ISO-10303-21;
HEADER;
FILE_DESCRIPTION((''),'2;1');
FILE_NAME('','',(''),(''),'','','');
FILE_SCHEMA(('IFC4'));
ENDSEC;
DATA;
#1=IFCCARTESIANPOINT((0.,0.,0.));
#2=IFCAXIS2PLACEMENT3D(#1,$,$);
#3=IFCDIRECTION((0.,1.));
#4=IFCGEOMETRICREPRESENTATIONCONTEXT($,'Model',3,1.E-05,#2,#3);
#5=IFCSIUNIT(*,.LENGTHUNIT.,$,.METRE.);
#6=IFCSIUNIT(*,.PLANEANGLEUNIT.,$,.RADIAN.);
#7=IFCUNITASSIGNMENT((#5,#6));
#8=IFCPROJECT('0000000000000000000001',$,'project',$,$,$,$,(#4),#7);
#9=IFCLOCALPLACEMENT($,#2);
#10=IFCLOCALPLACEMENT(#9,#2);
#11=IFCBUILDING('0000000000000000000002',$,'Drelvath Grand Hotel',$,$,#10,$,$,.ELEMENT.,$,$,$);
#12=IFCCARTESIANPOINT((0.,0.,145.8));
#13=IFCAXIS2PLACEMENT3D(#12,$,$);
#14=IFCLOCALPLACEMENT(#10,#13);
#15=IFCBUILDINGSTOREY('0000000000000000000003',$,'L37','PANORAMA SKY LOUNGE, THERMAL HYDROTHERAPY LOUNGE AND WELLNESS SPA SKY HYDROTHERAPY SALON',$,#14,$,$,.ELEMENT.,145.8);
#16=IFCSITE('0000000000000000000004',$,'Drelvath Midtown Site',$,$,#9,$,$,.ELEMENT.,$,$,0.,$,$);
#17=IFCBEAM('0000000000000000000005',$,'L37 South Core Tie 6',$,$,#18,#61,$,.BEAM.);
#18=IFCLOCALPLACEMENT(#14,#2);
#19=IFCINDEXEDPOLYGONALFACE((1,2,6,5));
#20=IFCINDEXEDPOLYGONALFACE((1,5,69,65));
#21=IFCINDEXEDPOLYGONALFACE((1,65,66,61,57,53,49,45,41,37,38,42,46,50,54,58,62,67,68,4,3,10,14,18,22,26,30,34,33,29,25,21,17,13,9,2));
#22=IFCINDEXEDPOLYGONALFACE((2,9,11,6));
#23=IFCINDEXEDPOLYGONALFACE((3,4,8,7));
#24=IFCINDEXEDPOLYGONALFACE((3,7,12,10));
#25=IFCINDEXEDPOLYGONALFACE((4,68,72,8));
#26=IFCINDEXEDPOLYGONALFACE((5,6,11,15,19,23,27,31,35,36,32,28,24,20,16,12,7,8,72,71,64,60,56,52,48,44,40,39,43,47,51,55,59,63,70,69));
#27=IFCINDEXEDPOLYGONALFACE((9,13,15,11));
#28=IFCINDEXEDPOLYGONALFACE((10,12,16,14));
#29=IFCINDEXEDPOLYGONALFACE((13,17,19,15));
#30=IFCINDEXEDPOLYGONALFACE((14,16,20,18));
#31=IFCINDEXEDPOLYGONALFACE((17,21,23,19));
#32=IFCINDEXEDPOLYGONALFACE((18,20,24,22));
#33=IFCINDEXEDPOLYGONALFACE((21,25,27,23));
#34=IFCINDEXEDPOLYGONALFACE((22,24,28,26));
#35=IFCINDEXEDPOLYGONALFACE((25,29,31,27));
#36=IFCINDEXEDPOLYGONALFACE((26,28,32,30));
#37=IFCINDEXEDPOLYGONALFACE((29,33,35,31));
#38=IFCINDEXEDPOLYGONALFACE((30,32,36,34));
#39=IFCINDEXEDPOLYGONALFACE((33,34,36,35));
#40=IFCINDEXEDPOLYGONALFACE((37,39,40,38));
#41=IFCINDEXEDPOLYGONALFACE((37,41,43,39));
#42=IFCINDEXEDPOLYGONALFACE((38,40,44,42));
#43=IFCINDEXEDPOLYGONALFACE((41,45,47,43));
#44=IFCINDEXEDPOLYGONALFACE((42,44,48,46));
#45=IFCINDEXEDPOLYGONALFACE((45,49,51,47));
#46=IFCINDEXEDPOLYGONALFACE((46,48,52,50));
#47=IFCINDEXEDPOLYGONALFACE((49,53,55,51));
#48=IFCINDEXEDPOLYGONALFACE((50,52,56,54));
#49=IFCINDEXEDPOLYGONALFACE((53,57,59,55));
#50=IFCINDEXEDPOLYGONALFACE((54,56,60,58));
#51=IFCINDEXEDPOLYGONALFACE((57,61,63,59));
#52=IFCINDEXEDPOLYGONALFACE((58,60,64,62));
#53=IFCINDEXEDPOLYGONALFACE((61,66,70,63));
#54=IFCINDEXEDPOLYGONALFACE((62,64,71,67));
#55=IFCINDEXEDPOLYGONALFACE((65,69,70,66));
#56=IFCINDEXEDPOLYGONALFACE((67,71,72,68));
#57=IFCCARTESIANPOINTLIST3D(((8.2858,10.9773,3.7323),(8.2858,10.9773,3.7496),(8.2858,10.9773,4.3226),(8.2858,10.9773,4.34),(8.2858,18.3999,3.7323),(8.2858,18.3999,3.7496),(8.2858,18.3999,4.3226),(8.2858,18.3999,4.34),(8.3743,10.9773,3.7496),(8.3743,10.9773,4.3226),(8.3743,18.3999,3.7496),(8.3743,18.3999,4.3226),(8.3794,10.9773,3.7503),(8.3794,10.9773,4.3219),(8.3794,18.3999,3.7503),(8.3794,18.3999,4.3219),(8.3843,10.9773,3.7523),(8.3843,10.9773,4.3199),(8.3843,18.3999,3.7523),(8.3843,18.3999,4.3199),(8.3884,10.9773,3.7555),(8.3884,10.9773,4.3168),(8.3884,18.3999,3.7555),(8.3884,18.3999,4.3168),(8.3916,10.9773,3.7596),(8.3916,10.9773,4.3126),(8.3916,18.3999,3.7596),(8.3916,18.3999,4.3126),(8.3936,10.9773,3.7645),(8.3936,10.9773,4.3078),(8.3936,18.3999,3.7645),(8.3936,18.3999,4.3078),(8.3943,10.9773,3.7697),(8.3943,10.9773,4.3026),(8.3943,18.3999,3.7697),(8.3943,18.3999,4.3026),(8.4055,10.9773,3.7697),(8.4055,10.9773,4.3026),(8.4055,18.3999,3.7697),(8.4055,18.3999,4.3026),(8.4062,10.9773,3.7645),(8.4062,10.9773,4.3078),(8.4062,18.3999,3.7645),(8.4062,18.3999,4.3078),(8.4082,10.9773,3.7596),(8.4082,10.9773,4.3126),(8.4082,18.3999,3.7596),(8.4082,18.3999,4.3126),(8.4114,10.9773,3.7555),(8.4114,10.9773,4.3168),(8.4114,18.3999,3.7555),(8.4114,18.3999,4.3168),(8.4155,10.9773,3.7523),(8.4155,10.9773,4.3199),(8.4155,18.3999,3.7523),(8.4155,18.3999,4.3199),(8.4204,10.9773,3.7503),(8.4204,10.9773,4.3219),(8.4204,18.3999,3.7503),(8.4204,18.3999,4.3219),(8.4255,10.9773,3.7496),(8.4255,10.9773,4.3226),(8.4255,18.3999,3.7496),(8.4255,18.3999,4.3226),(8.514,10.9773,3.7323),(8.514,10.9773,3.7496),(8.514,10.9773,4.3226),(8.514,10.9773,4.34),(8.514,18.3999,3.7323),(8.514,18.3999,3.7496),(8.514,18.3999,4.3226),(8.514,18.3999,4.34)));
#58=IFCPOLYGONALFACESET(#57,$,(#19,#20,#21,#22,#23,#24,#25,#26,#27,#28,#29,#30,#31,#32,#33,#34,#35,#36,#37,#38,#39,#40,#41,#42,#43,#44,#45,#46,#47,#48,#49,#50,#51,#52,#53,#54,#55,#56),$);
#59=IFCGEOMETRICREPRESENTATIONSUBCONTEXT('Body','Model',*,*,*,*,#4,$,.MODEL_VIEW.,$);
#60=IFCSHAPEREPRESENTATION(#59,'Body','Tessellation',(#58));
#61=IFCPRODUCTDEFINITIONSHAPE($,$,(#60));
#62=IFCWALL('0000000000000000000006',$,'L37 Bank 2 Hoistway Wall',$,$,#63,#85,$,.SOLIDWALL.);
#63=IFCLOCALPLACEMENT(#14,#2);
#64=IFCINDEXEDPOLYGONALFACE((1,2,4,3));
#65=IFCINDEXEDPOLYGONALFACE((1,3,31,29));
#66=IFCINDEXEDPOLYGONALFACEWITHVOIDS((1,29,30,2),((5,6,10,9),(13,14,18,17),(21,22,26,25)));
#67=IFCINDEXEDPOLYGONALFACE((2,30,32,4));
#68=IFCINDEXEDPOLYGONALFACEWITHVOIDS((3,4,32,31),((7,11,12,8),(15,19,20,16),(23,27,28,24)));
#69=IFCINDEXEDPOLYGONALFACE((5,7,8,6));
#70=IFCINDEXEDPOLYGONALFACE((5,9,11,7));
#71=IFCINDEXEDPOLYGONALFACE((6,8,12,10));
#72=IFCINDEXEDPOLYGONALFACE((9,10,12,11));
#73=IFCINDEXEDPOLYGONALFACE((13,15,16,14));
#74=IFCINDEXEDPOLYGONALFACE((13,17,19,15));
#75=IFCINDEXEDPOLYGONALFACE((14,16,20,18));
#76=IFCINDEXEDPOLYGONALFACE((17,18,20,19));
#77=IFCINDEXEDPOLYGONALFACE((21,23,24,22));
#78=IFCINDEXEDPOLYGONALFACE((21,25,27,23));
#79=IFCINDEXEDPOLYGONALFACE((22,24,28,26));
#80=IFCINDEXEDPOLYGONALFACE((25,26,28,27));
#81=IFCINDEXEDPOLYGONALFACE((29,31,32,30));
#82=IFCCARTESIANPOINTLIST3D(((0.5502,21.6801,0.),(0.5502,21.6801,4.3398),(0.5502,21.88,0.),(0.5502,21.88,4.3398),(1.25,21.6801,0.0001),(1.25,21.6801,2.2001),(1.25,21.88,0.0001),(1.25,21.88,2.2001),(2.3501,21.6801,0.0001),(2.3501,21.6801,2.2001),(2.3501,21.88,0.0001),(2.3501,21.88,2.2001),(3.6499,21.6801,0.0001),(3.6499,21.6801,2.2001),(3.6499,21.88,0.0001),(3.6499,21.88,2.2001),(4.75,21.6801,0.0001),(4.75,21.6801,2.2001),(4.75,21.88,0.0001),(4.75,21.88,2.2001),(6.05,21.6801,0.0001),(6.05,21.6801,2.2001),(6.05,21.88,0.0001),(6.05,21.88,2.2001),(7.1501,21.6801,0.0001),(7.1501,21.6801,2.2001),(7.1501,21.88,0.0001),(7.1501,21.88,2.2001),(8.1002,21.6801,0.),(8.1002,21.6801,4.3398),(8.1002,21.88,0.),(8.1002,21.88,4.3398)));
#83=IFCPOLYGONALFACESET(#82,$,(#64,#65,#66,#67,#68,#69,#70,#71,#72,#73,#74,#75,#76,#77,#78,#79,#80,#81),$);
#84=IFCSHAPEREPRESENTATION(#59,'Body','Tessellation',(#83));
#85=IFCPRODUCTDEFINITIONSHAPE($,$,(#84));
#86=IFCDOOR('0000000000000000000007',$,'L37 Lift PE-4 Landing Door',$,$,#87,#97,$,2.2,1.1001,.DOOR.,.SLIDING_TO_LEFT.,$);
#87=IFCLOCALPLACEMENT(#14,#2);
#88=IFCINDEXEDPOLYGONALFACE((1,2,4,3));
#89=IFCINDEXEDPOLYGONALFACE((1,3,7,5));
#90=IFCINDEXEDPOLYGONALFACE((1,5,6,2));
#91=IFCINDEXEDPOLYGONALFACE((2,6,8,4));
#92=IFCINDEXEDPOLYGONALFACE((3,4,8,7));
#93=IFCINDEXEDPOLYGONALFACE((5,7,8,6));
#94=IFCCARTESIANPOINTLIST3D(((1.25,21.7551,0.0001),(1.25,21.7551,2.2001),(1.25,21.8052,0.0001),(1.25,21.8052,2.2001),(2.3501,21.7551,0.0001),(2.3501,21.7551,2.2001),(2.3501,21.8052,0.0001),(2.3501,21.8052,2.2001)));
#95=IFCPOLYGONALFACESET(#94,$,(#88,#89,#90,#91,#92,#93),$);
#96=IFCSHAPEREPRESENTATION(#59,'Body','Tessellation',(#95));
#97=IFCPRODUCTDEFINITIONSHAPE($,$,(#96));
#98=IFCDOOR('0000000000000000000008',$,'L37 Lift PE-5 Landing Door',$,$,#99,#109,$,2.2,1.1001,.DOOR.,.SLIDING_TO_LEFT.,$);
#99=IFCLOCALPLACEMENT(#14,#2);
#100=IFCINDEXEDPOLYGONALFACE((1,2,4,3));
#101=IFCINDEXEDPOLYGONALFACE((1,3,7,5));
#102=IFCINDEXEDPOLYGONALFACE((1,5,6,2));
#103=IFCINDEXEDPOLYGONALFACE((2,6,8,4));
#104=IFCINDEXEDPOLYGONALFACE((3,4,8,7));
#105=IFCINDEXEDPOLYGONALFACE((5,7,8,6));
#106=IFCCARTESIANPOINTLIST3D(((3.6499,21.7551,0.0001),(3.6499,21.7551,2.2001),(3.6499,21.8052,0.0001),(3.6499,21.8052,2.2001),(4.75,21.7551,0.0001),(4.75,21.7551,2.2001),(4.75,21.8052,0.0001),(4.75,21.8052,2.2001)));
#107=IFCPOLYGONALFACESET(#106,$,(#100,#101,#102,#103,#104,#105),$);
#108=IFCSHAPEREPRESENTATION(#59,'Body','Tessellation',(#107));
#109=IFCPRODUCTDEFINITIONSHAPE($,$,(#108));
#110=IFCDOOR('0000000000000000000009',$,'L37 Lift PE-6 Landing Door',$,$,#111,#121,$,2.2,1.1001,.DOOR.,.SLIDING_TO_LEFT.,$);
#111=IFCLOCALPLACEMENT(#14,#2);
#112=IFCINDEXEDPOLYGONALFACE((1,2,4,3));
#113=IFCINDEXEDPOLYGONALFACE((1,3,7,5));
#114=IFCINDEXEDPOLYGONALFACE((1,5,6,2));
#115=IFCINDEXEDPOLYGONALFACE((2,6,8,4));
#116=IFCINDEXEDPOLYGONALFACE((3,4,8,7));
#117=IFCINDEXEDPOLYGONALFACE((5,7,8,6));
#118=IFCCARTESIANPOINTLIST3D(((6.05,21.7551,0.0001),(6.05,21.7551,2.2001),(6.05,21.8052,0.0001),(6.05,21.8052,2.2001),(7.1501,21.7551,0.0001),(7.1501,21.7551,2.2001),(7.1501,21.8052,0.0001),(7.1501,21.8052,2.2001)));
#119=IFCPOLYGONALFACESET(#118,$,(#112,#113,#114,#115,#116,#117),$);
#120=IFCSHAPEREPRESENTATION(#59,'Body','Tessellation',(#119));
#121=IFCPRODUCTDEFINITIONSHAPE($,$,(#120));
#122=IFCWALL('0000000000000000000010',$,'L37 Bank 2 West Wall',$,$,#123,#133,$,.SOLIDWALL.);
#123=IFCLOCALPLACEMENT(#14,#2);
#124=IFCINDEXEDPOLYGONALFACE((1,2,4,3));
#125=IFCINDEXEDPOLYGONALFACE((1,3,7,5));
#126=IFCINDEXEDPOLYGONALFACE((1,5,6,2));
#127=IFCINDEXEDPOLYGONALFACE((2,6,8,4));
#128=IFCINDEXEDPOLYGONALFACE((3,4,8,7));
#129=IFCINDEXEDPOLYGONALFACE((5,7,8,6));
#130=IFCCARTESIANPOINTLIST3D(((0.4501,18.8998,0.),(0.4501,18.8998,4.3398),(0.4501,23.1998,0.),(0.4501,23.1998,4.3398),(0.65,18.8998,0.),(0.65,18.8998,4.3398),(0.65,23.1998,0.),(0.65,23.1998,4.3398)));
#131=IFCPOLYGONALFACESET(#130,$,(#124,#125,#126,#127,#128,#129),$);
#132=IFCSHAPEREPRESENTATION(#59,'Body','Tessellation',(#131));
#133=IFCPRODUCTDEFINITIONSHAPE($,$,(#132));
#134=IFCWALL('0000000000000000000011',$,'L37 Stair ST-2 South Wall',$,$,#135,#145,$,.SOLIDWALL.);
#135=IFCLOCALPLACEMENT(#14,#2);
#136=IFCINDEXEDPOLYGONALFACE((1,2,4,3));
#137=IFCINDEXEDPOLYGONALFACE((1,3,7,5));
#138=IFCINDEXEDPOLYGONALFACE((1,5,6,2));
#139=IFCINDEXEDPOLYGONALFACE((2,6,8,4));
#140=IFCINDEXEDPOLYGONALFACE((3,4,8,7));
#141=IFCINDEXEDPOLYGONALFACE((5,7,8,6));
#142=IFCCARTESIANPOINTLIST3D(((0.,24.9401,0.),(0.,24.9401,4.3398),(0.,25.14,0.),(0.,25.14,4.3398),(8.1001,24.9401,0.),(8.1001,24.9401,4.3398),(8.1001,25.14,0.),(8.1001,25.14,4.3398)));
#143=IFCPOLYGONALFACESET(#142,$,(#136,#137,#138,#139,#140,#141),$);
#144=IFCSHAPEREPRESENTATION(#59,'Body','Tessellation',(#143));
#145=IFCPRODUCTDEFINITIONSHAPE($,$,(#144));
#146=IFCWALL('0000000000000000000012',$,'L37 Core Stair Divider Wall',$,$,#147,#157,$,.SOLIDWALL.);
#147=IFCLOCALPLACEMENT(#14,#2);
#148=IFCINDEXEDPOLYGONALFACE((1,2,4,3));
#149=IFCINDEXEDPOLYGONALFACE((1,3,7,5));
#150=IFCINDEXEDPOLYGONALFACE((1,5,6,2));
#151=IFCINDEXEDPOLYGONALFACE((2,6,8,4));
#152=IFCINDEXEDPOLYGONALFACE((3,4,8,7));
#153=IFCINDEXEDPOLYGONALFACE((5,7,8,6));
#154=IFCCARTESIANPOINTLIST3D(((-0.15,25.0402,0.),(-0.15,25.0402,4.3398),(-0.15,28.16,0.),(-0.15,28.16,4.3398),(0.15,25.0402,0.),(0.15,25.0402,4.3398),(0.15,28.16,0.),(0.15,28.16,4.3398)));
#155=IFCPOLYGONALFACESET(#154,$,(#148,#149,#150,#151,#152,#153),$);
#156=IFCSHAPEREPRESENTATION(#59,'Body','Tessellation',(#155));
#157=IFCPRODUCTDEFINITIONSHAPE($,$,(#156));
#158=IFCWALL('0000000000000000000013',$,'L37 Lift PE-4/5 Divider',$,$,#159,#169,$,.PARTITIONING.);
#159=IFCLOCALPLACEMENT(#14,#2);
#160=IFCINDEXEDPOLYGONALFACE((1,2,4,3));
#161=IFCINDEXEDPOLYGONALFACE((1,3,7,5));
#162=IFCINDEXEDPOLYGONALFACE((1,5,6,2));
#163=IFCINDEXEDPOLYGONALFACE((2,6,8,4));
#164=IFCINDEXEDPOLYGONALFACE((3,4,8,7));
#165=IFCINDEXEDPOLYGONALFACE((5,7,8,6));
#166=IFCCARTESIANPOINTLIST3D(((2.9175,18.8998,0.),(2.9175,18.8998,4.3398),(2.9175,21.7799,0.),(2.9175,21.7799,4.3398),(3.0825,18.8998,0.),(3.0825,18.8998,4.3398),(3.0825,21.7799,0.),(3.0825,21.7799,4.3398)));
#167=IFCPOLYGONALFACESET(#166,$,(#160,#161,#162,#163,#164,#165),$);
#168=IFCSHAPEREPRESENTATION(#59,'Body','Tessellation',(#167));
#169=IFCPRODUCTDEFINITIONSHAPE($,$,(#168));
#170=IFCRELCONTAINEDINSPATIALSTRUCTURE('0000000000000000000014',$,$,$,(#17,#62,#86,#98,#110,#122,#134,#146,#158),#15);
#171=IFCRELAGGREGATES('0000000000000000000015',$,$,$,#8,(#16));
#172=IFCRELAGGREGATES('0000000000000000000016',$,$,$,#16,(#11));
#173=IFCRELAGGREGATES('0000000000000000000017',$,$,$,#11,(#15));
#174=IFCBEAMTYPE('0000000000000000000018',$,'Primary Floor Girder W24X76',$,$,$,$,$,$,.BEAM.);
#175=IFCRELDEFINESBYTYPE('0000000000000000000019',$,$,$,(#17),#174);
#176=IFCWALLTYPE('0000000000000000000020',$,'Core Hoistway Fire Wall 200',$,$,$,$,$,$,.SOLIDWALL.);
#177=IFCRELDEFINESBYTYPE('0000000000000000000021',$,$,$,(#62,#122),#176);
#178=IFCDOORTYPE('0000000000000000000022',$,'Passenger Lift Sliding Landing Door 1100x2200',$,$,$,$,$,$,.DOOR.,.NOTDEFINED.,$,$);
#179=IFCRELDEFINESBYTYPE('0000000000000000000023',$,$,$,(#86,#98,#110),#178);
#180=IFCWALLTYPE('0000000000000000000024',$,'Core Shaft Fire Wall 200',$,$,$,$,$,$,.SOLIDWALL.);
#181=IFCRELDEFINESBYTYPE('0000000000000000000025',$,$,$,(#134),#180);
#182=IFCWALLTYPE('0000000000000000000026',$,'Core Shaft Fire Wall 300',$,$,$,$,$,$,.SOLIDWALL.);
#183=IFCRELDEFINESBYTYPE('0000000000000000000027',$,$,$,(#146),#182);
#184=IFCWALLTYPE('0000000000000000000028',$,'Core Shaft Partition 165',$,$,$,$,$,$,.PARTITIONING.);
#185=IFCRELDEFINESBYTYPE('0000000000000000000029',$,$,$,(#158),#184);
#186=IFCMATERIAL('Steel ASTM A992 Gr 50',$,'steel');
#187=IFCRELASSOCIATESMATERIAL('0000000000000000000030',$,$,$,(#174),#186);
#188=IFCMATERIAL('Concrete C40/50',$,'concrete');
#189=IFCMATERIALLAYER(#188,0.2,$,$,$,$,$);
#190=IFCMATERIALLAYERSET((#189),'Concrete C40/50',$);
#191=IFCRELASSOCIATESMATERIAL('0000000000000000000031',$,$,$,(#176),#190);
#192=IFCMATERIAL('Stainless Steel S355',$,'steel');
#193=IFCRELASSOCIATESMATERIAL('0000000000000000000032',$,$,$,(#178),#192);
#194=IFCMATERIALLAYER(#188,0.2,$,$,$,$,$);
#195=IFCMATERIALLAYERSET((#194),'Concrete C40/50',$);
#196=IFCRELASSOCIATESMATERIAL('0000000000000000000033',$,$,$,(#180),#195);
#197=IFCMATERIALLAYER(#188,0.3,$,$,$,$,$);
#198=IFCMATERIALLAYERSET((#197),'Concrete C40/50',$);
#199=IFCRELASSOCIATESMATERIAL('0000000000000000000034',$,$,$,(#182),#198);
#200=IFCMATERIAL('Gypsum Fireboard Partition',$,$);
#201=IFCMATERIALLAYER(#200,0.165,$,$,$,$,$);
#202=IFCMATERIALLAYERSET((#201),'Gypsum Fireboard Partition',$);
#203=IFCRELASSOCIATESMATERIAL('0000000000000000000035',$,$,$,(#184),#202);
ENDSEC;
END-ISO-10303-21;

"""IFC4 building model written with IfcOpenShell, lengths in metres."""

from ifc_helpers import new_model, si_unit, direction, frame, frame_2d, origin, origin_2d, place, context, subcontext, project, spatial, rectangle, i_section, extrude, material, layer, layer_set, material_profile, profile_set, type_object, element, fill, save


model = new_model("IFC4")

# Units and contexts
model_context = context("Model", 3, precision=1e-05, world=origin(), true_north=direction((0.0, 1.0)))
body_context = subcontext(model_context, "Body", "Model", "MODEL_VIEW")
ifc_project = project(units=[si_unit("LENGTHUNIT", "METRE"), si_unit("PLANEANGLEUNIT", "RADIAN")], contexts=[model_context])

# Site, building, storey
site_placement = place(None, origin())
site = spatial("IfcSite", under=ifc_project, at=site_placement, Name="Drelvath Midtown Site", CompositionType="ELEMENT", RefElevation=0.0)
building_placement = place(site_placement, origin())
building = spatial("IfcBuilding", under=site, at=building_placement, Name="Drelvath Grand Hotel", CompositionType="ELEMENT")
storey_placement = place(building_placement, frame((0.0, 0.0, 145.8)))
storey = spatial("IfcBuildingStorey", under=building, at=storey_placement, Name="L37", Description="PANORAMA SKY LOUNGE, THERMAL HYDROTHERAPY LOUNGE AND WELLNESS SPA SKY HYDROTHERAPY SALON", CompositionType="ELEMENT", Elevation=145.8)

# Beam
ifc_material_1 = material(Name="Steel ASTM A992 Gr 50", Category="steel")
ifc_material_profile_1 = material_profile(ifc_material_1, i_section(OverallWidth=0.2283, OverallDepth=0.6077, WebThickness=0.0112, FlangeThickness=0.0173, FilletRadius=0.02, at=origin_2d()), Name="W24X76")
ifc_profile_set_1 = profile_set([ifc_material_profile_1], Name="Steel ASTM A992 Gr 50")
beam_type_1 = type_object("IfcBeamType", Name="Primary Floor Girder W24X76", PredefinedType="BEAM", material=ifc_profile_set_1)
for number, where, z_axis, x_axis, name in (
    (1, (8.3999, 10.9773, 4.0361), (0.0, 1.0, 0.0), (-1.0, 0.0, 0.0), "L37 South Core Tie 6"),
):
    element("IfcBeam", number, at=place(storey_placement, frame(where, z_axis=z_axis, x_axis=x_axis)), inside=storey, type_object=beam_type_1, Name=name, PredefinedType="BEAM", context=body_context, shape_type="SweptSolid", body=[
        extrude(i_section(OverallWidth=0.2283, OverallDepth=0.6077, WebThickness=0.0112, FlangeThickness=0.0173, FilletRadius=0.02, at=origin_2d()), origin(), (0.0, 0.0, 1.0), 7.4226),
    ])

# Wall, openings, doors
ifc_material_2 = material(Name="Concrete C40/50", Category="concrete")
ifc_layer_1 = layer(ifc_material_2, 0.2)
ifc_layer_set_1 = layer_set([ifc_layer_1], Name="Concrete C40/50")
wall_type_1 = type_object("IfcWallType", Name="Core Hoistway Fire Wall 200", PredefinedType="SOLIDWALL", material=ifc_layer_set_1)
wall_1_placement = place(storey_placement, frame((8.1001, 21.78, 0.0), z_axis=(0.0, 0.0, 1.0), x_axis=(-1.0, 0.0, 0.0)))
wall_1 = element("IfcWall", 2, at=wall_1_placement, inside=storey, type_object=wall_type_1, Name="L37 Bank 2 Hoistway Wall", PredefinedType="SOLIDWALL", context=body_context, shape_type="SweptSolid", body=[
    extrude(rectangle(XDim=7.55, YDim=0.2, at=frame_2d((3.7749, 0.0))), origin(), (0.0, 0.0, 1.0), 4.3398),
])
opening_1_placement = place(wall_1_placement, frame((5.75, 0.0, 0.0)))
opening_1 = element("IfcOpeningElement", 3, at=opening_1_placement, cuts=wall_1, PredefinedType="OPENING", context=body_context, shape_type="SweptSolid", body=[
    extrude(rectangle(XDim=1.1001, YDim=2.2, at=frame_2d((0.55, 1.1001))), frame((0.0, 0.1099, 0.0), z_axis=(0.0, -1.0, 0.0), x_axis=(1.0, 0.0, 0.0)), (0.0, 0.0, 1.0), 0.22),
])
opening_2_placement = place(wall_1_placement, frame((3.3501, 0.0, 0.0)))
opening_2 = element("IfcOpeningElement", 4, at=opening_2_placement, cuts=wall_1, PredefinedType="OPENING", context=body_context, shape_type="SweptSolid", body=[
    extrude(rectangle(XDim=1.1001, YDim=2.2, at=frame_2d((0.55, 1.1001))), frame((0.0, 0.1099, 0.0), z_axis=(0.0, -1.0, 0.0), x_axis=(1.0, 0.0, 0.0)), (0.0, 0.0, 1.0), 0.22),
])
opening_3_placement = place(wall_1_placement, frame((0.95, 0.0, 0.0)))
opening_3 = element("IfcOpeningElement", 5, at=opening_3_placement, cuts=wall_1, PredefinedType="OPENING", context=body_context, shape_type="SweptSolid", body=[
    extrude(rectangle(XDim=1.1001, YDim=2.2, at=frame_2d((0.55, 1.1001))), frame((0.0, 0.1099, 0.0), z_axis=(0.0, -1.0, 0.0), x_axis=(1.0, 0.0, 0.0)), (0.0, 0.0, 1.0), 0.22),
])
ifc_material_3 = material(Name="Stainless Steel S355", Category="steel")
door_type_1 = type_object("IfcDoorType", Name="Passenger Lift Sliding Landing Door 1100x2200", OperationType="NOTDEFINED", PredefinedType="DOOR", material=ifc_material_3)
door_1_placement = place(opening_1_placement, origin())
door_1 = element("IfcDoor", 6, at=door_1_placement, inside=storey, type_object=door_type_1, Name="L37 Lift PE-4 Landing Door", OperationType="SLIDING_TO_LEFT", OverallHeight=2.2, OverallWidth=1.1001, PredefinedType="DOOR", context=body_context, shape_type="SweptSolid", body=[
    extrude(rectangle(XDim=1.1001, YDim=2.2, at=frame_2d((0.55, 1.1001))), frame((0.0, 0.0249, 0.0), z_axis=(0.0, -1.0, 0.0), x_axis=(1.0, 0.0, 0.0)), (0.0, 0.0, 1.0), 0.05),
])
fill(opening_1, door_1)
door_2_placement = place(opening_2_placement, origin())
door_2 = element("IfcDoor", 7, at=door_2_placement, inside=storey, type_object=door_type_1, Name="L37 Lift PE-5 Landing Door", OperationType="SLIDING_TO_LEFT", OverallHeight=2.2, OverallWidth=1.1001, PredefinedType="DOOR", context=body_context, shape_type="SweptSolid", body=[
    extrude(rectangle(XDim=1.1001, YDim=2.2, at=frame_2d((0.55, 1.1001))), frame((0.0, 0.0249, 0.0), z_axis=(0.0, -1.0, 0.0), x_axis=(1.0, 0.0, 0.0)), (0.0, 0.0, 1.0), 0.05),
])
fill(opening_2, door_2)
door_3_placement = place(opening_3_placement, origin())
door_3 = element("IfcDoor", 8, at=door_3_placement, inside=storey, type_object=door_type_1, Name="L37 Lift PE-6 Landing Door", OperationType="SLIDING_TO_LEFT", OverallHeight=2.2, OverallWidth=1.1001, PredefinedType="DOOR", context=body_context, shape_type="SweptSolid", body=[
    extrude(rectangle(XDim=1.1001, YDim=2.2, at=frame_2d((0.55, 1.1001))), frame((0.0, 0.0249, 0.0), z_axis=(0.0, -1.0, 0.0), x_axis=(1.0, 0.0, 0.0)), (0.0, 0.0, 1.0), 0.05),
])
fill(opening_3, door_3)

# Walls
wall_2_placement = place(storey_placement, frame((0.55, 18.8999, 0.0), z_axis=(0.0, 0.0, 1.0), x_axis=(0.0, 1.0, 0.0)))
element("IfcWall", 9, at=wall_2_placement, inside=storey, type_object=wall_type_1, Name="L37 Bank 2 West Wall", PredefinedType="SOLIDWALL", context=body_context, shape_type="SweptSolid", body=[
    extrude(rectangle(XDim=4.3, YDim=0.2, at=frame_2d((2.1499, 0.0))), origin(), (0.0, 0.0, 1.0), 4.3398),
])
ifc_layer_2 = layer(ifc_material_2, 0.2)
ifc_layer_set_2 = layer_set([ifc_layer_2], Name="Concrete C40/50")
wall_type_2 = type_object("IfcWallType", Name="Core Shaft Fire Wall 200", PredefinedType="SOLIDWALL", material=ifc_layer_set_2)
wall_3_placement = place(storey_placement, frame((0.0, 25.04, 0.0), z_axis=(0.0, 0.0, 1.0), x_axis=(1.0, 0.0, 0.0)))
element("IfcWall", 10, at=wall_3_placement, inside=storey, type_object=wall_type_2, Name="L37 Stair ST-2 South Wall", PredefinedType="SOLIDWALL", context=body_context, shape_type="SweptSolid", body=[
    extrude(rectangle(XDim=8.1001, YDim=0.2, at=frame_2d((4.05, 0.0))), origin(), (0.0, 0.0, 1.0), 4.3398),
])
ifc_layer_3 = layer(ifc_material_2, 0.3)
ifc_layer_set_3 = layer_set([ifc_layer_3], Name="Concrete C40/50")
wall_type_3 = type_object("IfcWallType", Name="Core Shaft Fire Wall 300", PredefinedType="SOLIDWALL", material=ifc_layer_set_3)
wall_4_placement = place(storey_placement, frame((0.0, 25.04, 0.0), z_axis=(0.0, 0.0, 1.0), x_axis=(0.0, 1.0, 0.0)))
element("IfcWall", 11, at=wall_4_placement, inside=storey, type_object=wall_type_3, Name="L37 Core Stair Divider Wall", PredefinedType="SOLIDWALL", context=body_context, shape_type="SweptSolid", body=[
    extrude(rectangle(XDim=3.1199, YDim=0.3, at=frame_2d((1.5601, 0.0))), origin(), (0.0, 0.0, 1.0), 4.3398),
])
ifc_material_4 = material(Name="Gypsum Fireboard Partition")
ifc_layer_4 = layer(ifc_material_4, 0.165)
ifc_layer_set_4 = layer_set([ifc_layer_4], Name="Gypsum Fireboard Partition")
wall_type_4 = type_object("IfcWallType", Name="Core Shaft Partition 165", PredefinedType="PARTITIONING", material=ifc_layer_set_4)
for number, where, z_axis, x_axis, name in (
    (12, (3.0, 18.8999, 0.0), (0.0, 0.0, 1.0), (0.0, 1.0, 0.0), "L37 Lift PE-4/5 Divider"),
):
    element("IfcWall", number, at=place(storey_placement, frame(where, z_axis=z_axis, x_axis=x_axis)), inside=storey, type_object=wall_type_4, Name=name, PredefinedType="PARTITIONING", context=body_context, shape_type="SweptSolid", body=[
        extrude(rectangle(XDim=2.8801, YDim=0.165, at=frame_2d((1.4399, 0.0))), origin(), (0.0, 0.0, 1.0), 4.3398),
    ])

save(model, "model.ifc")
